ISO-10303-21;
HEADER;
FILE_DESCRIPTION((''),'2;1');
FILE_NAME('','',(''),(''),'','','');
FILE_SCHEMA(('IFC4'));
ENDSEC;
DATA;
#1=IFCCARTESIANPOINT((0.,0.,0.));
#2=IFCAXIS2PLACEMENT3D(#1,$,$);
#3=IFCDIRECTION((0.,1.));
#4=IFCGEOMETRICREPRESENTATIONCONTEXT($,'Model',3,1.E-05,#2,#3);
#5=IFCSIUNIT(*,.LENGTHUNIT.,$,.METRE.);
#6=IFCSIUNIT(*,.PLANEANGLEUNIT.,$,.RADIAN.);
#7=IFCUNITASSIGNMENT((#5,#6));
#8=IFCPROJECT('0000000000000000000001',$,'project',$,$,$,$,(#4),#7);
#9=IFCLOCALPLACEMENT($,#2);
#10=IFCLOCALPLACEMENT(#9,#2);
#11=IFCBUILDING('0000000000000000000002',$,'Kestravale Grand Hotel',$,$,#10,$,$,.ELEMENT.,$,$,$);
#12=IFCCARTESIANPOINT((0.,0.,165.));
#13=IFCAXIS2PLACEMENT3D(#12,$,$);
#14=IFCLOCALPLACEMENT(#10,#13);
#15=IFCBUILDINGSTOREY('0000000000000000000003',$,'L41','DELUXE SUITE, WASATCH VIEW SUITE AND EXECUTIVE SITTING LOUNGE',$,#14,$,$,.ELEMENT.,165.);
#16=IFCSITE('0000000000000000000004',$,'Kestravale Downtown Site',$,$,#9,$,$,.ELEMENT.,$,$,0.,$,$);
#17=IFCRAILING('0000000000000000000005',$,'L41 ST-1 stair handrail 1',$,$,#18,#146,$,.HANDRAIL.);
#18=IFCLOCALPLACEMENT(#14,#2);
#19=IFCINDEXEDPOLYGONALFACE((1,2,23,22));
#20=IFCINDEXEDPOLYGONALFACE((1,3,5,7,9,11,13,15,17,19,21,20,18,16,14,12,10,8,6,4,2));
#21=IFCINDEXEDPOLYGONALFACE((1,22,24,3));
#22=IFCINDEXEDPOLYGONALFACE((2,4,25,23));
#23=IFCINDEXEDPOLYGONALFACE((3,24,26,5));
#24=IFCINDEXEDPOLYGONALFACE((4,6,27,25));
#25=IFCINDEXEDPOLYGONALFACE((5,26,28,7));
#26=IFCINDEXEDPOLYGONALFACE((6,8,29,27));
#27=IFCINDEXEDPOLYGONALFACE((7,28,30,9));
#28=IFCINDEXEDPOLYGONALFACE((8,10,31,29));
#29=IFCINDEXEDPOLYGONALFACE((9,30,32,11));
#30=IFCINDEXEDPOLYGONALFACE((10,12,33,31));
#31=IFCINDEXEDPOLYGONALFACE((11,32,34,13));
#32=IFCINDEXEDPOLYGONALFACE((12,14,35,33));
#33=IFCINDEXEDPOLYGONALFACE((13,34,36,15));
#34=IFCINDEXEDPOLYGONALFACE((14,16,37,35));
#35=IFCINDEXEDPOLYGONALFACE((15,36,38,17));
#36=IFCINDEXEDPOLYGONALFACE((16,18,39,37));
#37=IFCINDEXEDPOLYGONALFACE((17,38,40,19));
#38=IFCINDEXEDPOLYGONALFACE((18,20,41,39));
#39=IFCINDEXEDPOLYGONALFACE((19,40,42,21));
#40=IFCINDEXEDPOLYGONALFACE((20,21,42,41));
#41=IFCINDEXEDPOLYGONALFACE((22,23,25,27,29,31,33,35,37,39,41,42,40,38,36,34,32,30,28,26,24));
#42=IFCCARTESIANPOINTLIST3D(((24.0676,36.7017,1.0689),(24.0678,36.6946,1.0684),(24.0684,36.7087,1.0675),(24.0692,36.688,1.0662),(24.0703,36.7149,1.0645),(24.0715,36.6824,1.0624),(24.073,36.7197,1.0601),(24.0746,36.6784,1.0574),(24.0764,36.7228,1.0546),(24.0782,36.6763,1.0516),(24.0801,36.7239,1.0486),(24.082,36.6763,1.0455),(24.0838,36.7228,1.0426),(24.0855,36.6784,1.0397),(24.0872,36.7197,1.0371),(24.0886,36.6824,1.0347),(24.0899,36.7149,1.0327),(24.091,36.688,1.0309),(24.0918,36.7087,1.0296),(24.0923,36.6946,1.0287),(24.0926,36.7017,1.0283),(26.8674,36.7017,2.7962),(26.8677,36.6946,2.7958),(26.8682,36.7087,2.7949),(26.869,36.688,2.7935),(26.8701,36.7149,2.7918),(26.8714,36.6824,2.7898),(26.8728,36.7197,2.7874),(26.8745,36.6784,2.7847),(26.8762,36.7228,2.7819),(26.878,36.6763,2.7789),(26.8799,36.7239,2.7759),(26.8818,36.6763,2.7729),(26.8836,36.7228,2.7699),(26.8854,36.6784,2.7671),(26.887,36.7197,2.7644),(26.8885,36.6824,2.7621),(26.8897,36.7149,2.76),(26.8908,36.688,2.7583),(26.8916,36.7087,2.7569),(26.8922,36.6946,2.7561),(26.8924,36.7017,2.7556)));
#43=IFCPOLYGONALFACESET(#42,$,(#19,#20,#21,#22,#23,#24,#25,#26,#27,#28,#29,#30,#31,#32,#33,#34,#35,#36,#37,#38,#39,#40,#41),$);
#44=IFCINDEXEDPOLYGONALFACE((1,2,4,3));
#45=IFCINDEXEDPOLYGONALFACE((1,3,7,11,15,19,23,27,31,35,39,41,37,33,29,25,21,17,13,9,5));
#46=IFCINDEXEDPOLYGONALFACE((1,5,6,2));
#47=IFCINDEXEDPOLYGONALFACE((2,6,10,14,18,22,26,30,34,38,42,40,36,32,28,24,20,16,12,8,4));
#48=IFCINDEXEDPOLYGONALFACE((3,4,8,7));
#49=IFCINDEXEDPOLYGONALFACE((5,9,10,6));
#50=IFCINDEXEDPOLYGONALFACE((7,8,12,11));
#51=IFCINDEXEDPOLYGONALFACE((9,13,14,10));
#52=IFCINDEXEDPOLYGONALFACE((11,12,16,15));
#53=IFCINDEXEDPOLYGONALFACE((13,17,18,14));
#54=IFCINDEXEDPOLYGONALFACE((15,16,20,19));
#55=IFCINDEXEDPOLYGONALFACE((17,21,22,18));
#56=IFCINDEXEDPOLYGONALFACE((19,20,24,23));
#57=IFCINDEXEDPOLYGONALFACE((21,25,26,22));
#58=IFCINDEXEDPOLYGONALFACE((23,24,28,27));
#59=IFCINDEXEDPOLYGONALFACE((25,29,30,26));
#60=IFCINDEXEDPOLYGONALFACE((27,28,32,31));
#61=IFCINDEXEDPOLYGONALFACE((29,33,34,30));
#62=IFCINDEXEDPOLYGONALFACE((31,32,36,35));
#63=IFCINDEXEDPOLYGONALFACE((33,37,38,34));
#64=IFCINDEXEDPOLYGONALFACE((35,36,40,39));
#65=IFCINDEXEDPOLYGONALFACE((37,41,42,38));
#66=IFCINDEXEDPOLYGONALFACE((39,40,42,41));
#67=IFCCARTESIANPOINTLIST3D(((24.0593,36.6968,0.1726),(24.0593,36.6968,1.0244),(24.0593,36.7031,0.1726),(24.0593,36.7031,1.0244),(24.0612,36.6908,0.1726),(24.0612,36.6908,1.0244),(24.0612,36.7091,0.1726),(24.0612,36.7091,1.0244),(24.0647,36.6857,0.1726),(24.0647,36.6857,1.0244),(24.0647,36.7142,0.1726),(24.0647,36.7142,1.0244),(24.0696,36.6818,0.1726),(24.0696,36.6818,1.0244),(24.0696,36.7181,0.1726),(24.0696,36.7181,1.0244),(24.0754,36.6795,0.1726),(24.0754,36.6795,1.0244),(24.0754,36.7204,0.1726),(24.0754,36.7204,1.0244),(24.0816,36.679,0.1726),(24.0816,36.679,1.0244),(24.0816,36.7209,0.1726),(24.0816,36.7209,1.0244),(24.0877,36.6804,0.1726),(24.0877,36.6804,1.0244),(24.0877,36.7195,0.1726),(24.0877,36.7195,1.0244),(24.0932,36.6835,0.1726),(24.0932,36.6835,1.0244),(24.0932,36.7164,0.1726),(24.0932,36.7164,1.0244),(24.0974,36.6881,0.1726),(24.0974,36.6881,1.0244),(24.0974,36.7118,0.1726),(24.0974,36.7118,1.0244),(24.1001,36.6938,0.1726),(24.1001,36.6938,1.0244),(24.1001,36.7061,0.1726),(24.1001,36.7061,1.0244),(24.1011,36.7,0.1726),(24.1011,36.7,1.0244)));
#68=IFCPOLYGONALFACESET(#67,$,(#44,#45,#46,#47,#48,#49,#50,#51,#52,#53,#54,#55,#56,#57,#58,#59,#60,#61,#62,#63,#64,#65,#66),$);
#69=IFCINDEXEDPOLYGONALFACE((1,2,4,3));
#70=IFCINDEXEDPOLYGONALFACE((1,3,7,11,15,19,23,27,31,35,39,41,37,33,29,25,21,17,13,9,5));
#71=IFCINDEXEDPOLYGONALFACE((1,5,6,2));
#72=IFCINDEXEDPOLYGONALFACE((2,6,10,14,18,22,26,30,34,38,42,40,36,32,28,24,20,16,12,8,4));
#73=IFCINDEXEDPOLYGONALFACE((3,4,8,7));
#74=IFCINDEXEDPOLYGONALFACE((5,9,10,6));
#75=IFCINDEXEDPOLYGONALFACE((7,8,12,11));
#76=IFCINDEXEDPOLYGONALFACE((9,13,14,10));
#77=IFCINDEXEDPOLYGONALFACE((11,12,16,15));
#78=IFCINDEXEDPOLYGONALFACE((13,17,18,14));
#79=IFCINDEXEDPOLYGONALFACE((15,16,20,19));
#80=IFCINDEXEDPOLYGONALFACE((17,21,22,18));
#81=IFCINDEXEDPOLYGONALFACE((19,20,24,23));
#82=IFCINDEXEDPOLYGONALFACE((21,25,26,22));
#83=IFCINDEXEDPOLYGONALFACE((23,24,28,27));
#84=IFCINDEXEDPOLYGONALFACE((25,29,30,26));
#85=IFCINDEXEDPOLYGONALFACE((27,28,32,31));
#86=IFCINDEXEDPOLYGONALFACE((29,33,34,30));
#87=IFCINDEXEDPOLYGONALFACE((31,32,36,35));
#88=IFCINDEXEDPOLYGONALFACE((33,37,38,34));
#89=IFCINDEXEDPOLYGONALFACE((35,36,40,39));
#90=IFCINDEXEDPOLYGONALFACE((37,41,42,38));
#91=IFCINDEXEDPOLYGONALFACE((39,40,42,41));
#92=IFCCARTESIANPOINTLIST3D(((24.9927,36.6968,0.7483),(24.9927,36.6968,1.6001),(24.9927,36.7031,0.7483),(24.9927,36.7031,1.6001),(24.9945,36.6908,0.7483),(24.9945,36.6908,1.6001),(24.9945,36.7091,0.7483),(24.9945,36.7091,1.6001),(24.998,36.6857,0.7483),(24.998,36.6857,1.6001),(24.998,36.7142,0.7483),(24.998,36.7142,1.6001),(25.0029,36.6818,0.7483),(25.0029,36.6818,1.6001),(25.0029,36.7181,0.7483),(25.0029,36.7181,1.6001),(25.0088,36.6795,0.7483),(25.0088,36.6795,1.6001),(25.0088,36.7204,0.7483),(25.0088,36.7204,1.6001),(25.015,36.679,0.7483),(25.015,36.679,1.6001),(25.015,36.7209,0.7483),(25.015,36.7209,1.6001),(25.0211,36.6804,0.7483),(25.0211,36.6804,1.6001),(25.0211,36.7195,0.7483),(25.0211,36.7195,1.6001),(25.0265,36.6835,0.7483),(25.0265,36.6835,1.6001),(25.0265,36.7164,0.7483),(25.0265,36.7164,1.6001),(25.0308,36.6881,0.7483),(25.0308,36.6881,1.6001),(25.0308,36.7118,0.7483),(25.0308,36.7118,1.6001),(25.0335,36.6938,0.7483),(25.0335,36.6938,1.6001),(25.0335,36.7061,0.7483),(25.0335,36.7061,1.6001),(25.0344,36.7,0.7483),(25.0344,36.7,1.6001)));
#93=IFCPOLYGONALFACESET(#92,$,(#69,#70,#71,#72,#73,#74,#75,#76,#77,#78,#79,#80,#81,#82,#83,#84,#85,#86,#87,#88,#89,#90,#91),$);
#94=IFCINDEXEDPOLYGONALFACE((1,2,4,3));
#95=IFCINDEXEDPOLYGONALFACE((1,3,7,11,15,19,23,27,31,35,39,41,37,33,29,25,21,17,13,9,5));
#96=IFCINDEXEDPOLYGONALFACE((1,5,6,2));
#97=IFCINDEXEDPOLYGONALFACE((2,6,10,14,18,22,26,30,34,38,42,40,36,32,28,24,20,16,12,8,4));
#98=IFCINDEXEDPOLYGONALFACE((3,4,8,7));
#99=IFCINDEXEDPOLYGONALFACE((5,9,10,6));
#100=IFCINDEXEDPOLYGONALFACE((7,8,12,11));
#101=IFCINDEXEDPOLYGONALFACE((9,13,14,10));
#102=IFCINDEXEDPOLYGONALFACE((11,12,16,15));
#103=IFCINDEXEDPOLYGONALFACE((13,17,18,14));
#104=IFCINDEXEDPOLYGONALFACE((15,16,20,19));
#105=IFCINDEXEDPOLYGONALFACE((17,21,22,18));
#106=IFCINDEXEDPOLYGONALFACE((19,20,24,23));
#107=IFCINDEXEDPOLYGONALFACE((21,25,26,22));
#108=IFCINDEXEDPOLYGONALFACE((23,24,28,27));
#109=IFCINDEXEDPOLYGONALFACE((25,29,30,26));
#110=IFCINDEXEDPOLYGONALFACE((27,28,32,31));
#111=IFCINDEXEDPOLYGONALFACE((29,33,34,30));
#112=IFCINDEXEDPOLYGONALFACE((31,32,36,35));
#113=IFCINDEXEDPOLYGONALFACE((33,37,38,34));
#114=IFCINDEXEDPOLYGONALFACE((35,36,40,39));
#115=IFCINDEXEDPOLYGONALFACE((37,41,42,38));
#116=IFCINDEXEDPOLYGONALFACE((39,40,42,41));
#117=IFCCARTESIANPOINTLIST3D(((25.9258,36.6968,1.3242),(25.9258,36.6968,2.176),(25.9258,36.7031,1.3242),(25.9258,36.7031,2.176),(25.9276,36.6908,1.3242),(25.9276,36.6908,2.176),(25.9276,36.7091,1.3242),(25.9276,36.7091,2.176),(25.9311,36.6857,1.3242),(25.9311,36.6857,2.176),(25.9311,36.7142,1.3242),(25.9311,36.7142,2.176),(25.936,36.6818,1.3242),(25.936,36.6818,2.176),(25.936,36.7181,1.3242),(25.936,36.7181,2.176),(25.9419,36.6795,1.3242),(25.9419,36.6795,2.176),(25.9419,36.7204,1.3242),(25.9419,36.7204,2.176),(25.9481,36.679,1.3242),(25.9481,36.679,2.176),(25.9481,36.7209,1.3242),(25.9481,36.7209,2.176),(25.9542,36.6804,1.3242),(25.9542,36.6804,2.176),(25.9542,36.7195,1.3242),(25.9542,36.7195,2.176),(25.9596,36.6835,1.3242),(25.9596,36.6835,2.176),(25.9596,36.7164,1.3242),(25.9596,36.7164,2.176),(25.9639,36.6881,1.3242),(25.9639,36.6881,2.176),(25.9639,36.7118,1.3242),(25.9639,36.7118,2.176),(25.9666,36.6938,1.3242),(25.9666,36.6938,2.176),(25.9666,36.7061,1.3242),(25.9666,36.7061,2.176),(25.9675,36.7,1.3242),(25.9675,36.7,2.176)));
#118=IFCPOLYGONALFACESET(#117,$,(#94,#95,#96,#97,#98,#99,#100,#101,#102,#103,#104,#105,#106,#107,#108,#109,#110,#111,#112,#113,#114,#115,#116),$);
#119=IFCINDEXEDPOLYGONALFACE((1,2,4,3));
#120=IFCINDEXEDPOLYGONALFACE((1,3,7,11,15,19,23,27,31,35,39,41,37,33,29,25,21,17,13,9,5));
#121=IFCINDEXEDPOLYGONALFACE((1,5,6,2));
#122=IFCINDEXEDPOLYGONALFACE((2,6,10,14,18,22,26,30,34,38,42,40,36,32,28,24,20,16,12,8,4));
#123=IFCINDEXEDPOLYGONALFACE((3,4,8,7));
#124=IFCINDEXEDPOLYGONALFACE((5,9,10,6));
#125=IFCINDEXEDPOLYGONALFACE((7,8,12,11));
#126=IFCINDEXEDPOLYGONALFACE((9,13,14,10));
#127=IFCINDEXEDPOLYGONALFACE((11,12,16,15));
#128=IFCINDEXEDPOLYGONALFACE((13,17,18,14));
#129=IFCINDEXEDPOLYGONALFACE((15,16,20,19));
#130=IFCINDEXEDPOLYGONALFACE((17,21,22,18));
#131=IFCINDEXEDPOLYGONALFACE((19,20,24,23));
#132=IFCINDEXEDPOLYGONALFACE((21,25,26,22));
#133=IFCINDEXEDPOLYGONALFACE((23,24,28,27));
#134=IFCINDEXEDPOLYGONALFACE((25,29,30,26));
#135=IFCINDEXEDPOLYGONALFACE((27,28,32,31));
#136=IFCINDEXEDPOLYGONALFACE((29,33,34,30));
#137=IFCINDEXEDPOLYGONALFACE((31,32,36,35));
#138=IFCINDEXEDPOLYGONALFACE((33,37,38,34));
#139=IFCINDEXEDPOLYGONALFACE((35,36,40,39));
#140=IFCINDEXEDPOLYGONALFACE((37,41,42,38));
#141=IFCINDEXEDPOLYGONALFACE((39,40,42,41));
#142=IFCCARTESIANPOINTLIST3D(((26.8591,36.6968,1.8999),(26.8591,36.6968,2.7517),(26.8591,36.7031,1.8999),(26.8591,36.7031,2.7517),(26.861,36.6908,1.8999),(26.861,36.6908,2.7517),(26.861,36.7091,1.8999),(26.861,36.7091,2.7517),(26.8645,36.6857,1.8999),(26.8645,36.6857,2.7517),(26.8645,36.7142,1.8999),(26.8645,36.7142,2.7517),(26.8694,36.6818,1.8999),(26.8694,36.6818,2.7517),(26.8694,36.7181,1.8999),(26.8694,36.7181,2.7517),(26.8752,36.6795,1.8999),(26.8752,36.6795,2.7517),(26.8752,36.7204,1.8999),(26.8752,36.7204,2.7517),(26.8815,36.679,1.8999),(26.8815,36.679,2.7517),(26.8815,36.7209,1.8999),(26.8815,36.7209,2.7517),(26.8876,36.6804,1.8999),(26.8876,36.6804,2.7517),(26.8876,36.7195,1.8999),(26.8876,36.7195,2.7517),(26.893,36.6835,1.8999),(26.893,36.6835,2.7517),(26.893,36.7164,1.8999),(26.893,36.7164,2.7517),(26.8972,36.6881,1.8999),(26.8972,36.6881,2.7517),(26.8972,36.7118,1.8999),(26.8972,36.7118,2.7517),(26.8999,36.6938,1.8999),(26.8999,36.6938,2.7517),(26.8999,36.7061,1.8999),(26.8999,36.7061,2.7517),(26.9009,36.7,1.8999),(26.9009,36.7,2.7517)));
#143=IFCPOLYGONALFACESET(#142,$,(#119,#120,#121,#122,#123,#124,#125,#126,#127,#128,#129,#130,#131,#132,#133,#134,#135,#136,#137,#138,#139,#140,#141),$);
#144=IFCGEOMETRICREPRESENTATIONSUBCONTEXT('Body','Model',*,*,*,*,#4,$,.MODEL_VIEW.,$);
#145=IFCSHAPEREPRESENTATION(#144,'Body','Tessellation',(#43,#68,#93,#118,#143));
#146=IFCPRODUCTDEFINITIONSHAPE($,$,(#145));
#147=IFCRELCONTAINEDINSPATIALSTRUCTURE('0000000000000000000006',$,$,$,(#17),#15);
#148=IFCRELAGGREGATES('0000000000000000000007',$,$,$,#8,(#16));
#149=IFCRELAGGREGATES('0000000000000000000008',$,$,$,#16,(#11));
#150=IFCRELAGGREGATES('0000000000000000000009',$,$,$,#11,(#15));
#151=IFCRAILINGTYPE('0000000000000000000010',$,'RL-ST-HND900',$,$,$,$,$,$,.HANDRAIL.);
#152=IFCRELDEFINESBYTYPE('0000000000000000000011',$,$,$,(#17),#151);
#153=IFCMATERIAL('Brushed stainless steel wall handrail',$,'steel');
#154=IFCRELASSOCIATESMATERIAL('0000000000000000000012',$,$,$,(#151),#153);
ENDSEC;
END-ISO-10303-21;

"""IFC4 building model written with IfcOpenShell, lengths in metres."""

from ifc_helpers import new_model, si_unit, direction, frame, origin, origin_2d, place, context, subcontext, project, spatial, circle, extrude, material, type_object, element, save


model = new_model("IFC4")

# Units and contexts
model_context = context("Model", 3, precision=1e-05, world=origin(), true_north=direction((0.0, 1.0)))
body_context = subcontext(model_context, "Body", "Model", "MODEL_VIEW")
ifc_project = project(units=[si_unit("LENGTHUNIT", "METRE"), si_unit("PLANEANGLEUNIT", "RADIAN")], contexts=[model_context])

# Site, building, storey
site_placement = place(None, origin())
site = spatial("IfcSite", under=ifc_project, at=site_placement, Name="Kestravale Downtown Site", CompositionType="ELEMENT", RefElevation=0.0)
building_placement = place(site_placement, origin())
building = spatial("IfcBuilding", under=site, at=building_placement, Name="Kestravale Grand Hotel", CompositionType="ELEMENT")
storey_placement = place(building_placement, frame((0.0, 0.0, 165.0)))
storey = spatial("IfcBuildingStorey", under=building, at=storey_placement, Name="L41", Description="DELUXE SUITE, WASATCH VIEW SUITE AND EXECUTIVE SITTING LOUNGE", CompositionType="ELEMENT", Elevation=165.0)

# Railing
ifc_material_1 = material(Name="Brushed stainless steel wall handrail", Category="steel")
railing_type_1 = type_object("IfcRailingType", Name="RL-ST-HND900", PredefinedType="HANDRAIL", material=ifc_material_1)
railing_1_placement = place(storey_placement, frame((24.0801, 36.7, 0.1726)))
element("IfcRailing", 1, at=railing_1_placement, inside=storey, type_object=railing_type_1, Name="L41 ST-1 stair handrail 1", PredefinedType="HANDRAIL", context=body_context, shape_type="SweptSolid", body=[
    extrude(circle(Radius=0.0239, at=origin_2d()), frame((0.0, 0.0, 0.876), z_axis=(0.851069, 0.0, 0.525054), x_axis=(0.0, 1.0, 0.0)), (0.0, 0.0, 1.0), 3.2898),
    extrude(circle(Radius=0.021, at=origin_2d()), origin(), (0.0, 0.0, 1.0), 0.8518),
    extrude(circle(Radius=0.021, at=origin_2d()), frame((0.9333, 0.0, 0.5757)), (0.0, 0.0, 1.0), 0.8518),
    extrude(circle(Radius=0.021, at=origin_2d()), frame((1.8665, 0.0, 1.1516)), (0.0, 0.0, 1.0), 0.8518),
    extrude(circle(Radius=0.021, at=origin_2d()), frame((2.7998, 0.0, 1.7273)), (0.0, 0.0, 1.0), 0.8518),
])

save(model, "model.ifc")
